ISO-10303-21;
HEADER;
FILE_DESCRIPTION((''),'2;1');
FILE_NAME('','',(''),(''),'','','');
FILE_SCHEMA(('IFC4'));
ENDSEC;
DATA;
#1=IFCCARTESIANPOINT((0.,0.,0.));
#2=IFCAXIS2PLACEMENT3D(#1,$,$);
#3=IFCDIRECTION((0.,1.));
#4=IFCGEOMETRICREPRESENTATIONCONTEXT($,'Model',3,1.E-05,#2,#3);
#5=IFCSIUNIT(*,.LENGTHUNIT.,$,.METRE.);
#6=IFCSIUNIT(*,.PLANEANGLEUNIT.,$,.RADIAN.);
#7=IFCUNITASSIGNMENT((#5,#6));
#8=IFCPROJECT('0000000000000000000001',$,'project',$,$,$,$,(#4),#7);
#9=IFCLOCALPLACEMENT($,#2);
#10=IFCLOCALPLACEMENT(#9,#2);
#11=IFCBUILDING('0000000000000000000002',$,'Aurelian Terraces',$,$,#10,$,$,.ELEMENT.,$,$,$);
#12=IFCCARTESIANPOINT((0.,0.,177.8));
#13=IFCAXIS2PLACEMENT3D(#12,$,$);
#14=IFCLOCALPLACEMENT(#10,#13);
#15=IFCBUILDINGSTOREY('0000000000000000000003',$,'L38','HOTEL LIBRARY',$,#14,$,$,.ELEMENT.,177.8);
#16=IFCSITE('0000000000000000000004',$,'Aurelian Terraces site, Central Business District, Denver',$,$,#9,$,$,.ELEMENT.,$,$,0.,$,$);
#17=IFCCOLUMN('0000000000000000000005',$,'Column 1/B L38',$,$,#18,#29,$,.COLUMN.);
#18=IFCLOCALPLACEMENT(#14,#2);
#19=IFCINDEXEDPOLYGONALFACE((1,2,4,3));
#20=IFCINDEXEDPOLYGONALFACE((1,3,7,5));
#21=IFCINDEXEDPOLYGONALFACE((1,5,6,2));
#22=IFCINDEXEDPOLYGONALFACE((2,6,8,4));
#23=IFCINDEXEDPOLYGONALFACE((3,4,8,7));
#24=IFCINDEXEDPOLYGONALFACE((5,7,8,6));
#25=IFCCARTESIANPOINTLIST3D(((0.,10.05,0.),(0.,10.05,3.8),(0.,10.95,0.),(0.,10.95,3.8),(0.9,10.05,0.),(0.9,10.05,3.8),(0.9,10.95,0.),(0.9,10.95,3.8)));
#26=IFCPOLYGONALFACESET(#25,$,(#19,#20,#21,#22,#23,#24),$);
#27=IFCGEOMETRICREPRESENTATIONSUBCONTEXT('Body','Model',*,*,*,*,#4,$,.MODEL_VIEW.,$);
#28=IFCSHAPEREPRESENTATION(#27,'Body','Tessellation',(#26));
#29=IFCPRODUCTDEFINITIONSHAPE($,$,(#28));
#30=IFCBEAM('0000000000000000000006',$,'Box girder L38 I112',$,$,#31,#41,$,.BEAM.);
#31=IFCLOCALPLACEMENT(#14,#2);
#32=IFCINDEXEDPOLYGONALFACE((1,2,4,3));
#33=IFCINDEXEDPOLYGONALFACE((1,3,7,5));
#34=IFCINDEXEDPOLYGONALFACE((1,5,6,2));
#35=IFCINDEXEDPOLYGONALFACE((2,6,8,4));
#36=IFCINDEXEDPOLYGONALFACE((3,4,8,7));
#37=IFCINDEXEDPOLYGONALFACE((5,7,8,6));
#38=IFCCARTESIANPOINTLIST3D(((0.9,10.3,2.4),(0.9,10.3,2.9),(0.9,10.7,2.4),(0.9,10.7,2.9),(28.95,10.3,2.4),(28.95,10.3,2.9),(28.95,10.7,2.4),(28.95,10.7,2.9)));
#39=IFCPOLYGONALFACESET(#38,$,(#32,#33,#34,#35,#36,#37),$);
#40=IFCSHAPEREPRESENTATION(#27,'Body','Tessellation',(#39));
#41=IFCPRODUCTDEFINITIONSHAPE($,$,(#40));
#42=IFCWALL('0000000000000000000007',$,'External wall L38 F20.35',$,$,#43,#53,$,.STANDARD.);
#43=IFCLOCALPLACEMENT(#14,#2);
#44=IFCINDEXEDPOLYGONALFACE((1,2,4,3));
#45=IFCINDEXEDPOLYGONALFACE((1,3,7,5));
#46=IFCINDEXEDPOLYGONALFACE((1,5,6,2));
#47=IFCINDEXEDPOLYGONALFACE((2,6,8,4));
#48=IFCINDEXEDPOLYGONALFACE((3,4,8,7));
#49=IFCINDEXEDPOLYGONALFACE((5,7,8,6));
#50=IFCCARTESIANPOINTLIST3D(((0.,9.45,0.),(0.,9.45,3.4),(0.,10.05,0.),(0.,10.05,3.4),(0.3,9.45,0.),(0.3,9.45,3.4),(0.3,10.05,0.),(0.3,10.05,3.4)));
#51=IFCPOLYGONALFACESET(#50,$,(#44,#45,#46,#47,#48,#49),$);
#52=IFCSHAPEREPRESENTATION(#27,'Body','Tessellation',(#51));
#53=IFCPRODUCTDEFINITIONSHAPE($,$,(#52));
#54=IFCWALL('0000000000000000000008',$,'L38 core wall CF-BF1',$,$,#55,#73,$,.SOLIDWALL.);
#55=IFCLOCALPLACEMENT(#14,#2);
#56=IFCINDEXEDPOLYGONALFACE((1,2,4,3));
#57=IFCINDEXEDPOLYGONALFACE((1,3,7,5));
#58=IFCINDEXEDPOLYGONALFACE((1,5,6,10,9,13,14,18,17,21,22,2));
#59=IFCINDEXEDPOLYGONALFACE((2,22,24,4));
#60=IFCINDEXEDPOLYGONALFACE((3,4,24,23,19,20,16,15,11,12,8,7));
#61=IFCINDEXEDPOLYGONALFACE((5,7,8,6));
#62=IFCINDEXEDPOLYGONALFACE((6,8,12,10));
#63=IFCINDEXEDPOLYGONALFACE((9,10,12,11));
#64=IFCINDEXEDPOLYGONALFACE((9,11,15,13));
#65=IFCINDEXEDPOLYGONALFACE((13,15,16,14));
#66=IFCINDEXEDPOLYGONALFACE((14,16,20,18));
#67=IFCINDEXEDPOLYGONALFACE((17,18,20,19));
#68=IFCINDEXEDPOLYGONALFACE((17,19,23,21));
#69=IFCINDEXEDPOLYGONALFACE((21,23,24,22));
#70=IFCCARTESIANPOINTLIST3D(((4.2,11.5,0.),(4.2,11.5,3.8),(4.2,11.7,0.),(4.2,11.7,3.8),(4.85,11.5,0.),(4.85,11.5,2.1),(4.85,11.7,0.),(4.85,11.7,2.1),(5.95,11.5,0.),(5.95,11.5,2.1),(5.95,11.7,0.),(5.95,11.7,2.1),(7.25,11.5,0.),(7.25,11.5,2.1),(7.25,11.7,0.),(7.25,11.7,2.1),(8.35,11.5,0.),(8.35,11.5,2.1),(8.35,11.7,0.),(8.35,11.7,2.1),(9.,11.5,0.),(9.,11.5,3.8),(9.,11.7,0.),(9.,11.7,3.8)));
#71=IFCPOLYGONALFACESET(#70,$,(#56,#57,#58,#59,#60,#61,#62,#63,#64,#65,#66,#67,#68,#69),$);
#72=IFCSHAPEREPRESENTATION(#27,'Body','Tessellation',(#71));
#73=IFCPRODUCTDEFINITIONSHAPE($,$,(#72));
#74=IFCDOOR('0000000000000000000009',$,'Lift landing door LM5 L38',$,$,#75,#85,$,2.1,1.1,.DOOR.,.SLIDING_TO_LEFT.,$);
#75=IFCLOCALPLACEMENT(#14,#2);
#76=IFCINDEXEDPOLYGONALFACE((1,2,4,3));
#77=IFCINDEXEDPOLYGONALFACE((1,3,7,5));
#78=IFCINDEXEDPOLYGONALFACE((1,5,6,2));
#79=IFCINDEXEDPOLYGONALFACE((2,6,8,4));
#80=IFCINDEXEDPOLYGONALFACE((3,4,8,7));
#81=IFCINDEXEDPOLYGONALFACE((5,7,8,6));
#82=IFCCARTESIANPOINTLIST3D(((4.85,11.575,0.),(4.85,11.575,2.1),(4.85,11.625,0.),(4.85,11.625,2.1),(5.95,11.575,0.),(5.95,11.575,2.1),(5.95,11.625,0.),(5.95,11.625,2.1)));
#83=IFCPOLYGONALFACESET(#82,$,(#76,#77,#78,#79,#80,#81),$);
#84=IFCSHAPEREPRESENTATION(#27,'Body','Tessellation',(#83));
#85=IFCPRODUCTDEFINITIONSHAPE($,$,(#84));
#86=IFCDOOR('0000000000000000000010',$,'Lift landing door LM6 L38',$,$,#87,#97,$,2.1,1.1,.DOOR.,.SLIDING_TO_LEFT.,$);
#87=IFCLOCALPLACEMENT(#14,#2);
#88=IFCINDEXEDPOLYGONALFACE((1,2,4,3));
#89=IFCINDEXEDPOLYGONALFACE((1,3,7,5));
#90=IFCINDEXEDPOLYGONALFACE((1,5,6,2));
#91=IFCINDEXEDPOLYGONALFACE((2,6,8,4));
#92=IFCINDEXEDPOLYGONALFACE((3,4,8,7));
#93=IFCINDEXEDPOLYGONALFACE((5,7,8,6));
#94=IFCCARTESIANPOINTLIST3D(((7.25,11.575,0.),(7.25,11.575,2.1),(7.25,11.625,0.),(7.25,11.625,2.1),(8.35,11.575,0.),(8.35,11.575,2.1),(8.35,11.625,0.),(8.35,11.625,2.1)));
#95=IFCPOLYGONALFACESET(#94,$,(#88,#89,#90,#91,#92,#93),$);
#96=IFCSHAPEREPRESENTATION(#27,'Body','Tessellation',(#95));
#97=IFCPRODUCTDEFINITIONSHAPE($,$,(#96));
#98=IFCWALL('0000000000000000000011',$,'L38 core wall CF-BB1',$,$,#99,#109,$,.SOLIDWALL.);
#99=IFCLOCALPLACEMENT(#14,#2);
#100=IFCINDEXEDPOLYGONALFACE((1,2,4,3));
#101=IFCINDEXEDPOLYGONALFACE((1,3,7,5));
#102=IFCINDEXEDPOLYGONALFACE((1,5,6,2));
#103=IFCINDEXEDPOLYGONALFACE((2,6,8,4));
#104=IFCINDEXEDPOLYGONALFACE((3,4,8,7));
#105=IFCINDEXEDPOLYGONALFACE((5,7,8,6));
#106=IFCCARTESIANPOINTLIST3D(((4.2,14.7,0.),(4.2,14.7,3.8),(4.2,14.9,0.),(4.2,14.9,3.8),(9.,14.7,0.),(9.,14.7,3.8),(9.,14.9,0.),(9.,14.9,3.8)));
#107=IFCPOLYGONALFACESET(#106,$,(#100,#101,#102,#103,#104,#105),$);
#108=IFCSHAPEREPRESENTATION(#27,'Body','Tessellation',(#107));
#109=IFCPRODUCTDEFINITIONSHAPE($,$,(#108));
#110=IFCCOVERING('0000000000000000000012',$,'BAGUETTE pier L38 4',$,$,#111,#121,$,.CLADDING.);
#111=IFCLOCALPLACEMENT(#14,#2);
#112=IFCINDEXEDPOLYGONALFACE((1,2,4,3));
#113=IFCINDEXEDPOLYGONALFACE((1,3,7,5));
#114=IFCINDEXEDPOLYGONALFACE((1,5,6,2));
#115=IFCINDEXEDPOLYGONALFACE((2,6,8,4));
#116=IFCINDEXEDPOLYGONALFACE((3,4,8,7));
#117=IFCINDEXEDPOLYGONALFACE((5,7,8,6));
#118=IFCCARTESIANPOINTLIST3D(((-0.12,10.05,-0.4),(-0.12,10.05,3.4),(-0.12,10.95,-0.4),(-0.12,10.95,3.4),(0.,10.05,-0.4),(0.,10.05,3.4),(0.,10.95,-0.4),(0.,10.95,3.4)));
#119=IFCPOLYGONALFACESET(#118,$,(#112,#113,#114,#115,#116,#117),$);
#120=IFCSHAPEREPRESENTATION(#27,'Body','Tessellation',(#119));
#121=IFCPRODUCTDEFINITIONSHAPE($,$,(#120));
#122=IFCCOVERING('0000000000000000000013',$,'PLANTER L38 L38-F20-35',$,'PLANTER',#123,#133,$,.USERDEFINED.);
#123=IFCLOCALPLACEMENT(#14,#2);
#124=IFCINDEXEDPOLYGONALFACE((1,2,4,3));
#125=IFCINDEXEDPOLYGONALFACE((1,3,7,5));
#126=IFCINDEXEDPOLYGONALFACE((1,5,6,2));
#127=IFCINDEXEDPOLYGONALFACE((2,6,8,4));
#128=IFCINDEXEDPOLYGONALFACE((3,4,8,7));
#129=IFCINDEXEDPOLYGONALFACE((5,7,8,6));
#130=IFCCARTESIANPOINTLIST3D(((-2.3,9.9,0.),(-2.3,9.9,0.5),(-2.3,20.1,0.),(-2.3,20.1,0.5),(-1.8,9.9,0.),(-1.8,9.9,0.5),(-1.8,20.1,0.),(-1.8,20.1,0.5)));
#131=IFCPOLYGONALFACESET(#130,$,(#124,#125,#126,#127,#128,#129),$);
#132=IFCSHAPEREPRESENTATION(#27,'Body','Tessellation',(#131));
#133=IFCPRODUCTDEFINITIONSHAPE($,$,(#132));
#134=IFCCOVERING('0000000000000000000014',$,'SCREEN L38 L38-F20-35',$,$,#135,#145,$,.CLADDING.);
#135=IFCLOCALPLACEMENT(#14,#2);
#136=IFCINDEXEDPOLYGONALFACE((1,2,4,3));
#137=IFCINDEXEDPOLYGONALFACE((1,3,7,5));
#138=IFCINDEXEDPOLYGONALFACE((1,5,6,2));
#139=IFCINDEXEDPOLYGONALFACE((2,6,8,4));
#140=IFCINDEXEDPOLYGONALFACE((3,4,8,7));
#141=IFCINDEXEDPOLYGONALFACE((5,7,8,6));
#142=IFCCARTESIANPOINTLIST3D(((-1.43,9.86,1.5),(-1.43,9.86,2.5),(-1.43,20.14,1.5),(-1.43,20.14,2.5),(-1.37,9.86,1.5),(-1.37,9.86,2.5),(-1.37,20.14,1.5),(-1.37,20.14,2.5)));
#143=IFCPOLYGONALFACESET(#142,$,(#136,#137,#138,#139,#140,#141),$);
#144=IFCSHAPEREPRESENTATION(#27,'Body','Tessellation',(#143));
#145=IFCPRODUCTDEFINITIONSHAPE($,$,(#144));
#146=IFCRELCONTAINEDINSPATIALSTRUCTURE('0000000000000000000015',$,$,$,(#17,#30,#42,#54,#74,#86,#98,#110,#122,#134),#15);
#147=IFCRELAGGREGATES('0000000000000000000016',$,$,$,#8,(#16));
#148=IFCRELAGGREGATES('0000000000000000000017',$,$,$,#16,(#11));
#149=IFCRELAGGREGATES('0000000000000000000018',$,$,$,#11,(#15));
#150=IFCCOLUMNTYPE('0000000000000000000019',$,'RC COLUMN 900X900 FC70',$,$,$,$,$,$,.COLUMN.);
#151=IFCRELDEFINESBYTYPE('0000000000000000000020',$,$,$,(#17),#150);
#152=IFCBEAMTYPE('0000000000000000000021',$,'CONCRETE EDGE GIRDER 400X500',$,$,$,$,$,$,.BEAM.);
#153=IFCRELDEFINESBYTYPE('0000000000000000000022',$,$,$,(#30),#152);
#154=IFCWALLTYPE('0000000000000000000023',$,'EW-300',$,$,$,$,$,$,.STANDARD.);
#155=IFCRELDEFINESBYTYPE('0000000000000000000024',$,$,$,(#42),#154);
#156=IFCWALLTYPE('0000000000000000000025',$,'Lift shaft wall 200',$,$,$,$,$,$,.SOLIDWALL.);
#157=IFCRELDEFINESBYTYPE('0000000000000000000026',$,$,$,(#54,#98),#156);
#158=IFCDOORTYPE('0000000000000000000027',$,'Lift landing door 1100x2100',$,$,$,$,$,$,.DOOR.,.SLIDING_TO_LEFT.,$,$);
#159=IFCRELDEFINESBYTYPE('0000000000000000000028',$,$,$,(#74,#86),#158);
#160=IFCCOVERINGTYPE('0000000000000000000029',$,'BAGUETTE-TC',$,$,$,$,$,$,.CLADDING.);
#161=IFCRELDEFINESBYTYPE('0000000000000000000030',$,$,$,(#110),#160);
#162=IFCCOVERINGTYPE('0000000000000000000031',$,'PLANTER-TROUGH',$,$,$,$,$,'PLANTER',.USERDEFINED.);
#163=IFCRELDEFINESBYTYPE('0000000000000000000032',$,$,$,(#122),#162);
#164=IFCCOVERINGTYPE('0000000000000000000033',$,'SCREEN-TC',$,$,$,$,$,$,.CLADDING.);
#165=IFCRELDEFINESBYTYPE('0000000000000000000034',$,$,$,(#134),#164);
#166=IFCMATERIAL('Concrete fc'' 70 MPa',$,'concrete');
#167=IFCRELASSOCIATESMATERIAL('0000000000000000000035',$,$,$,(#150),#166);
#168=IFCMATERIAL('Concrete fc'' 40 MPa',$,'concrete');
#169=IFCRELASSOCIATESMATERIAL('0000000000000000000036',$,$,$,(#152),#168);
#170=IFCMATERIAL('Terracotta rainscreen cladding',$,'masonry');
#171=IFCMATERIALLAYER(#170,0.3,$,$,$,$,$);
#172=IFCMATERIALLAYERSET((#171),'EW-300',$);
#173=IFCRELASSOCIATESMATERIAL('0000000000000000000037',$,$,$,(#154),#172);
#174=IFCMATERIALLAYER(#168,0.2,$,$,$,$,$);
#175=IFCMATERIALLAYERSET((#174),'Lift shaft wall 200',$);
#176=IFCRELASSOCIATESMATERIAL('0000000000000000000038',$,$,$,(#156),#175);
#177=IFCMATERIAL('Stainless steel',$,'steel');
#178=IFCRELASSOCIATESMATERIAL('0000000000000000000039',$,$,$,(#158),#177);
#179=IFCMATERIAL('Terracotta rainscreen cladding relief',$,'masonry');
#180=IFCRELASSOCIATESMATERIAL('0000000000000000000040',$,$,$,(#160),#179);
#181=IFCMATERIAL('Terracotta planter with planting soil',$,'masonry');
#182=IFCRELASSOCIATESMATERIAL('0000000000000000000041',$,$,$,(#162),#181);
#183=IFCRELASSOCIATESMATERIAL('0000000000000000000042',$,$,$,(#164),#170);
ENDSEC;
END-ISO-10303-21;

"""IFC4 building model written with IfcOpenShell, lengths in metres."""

from ifc_helpers import new_model, si_unit, direction, frame, frame_2d, origin, origin_2d, place, context, subcontext, project, spatial, rectangle, extrude, source, transform, mapped, material, layer, layer_set, material_profile, profile_set, type_object, element, fill, save


model = new_model("IFC4")

# Units and contexts
model_context = context("Model", 3, precision=1e-05, world=origin(), true_north=direction((0.0, 1.0)))
body_context = subcontext(model_context, "Body", "Model", "MODEL_VIEW")
ifc_project = project(units=[si_unit("LENGTHUNIT", "METRE"), si_unit("PLANEANGLEUNIT", "RADIAN")], contexts=[model_context])

# Site, building, storey
site_placement = place(None, origin())
site = spatial("IfcSite", under=ifc_project, at=site_placement, Name="Aurelian Terraces site, Central Business District, Denver", CompositionType="ELEMENT", RefElevation=0.0)
building_placement = place(site_placement, origin())
building = spatial("IfcBuilding", under=site, at=building_placement, Name="Aurelian Terraces", CompositionType="ELEMENT")
storey_placement = place(building_placement, frame((0.0, 0.0, 177.8)))
storey = spatial("IfcBuildingStorey", under=building, at=storey_placement, Name="L38", Description="HOTEL LIBRARY", CompositionType="ELEMENT", Elevation=177.8)

# Column
ifc_material_1 = material(Name="Concrete fc' 70 MPa", Category="concrete")
ifc_material_profile_1 = material_profile(ifc_material_1, rectangle(XDim=0.9, YDim=0.9, at=origin_2d()))
ifc_profile_set_1 = profile_set([ifc_material_profile_1], Name="Concrete fc' 70 MPa")
column_type = type_object("IfcColumnType", Name="RC COLUMN 900X900 FC70", PredefinedType="COLUMN", material=ifc_profile_set_1)
shared_shape_1 = source(origin(), body_context, "Body", "SweptSolid", [
    extrude(rectangle(XDim=0.9, YDim=0.9, at=origin_2d()), origin(), (0.0, 0.0, 1.0), 3.8),
])
column_placement = place(storey_placement, frame((0.45, 10.5, 0.0), z_axis=(0.0, 0.0, 1.0), x_axis=(1.0, 0.0, 0.0)))
element("IfcColumn", 1, at=column_placement, inside=storey, type_object=column_type, Name="Column 1/B L38", PredefinedType="COLUMN", context=body_context, shape_type="MappedRepresentation", body=[
    mapped(shared_shape_1, transform((0.0, 0.0, 0.0), scale=1.0)),
])

# Beam
ifc_material_2 = material(Name="Concrete fc' 40 MPa", Category="concrete")
ifc_material_profile_2 = material_profile(ifc_material_2, rectangle(XDim=0.4, YDim=0.5, at=origin_2d()))
ifc_profile_set_2 = profile_set([ifc_material_profile_2], Name="Concrete fc' 40 MPa")
beam_type = type_object("IfcBeamType", Name="CONCRETE EDGE GIRDER 400X500", PredefinedType="BEAM", material=ifc_profile_set_2)
beam_placement = place(storey_placement, frame((0.9, 10.5, 2.65), z_axis=(1.0, 0.0, 0.0), x_axis=(0.0, 1.0, 0.0)))
element("IfcBeam", 2, at=beam_placement, inside=storey, type_object=beam_type, Name="Box girder L38 I112", PredefinedType="BEAM", context=body_context, shape_type="SweptSolid", body=[
    extrude(rectangle(XDim=0.4, YDim=0.5, at=origin_2d()), origin(), (0.0, 0.0, 1.0), 28.05),
])

# Wall
ifc_material_3 = material(Name="Terracotta rainscreen cladding", Category="masonry")
ifc_layer_1 = layer(ifc_material_3, 0.3)
ifc_layer_set_1 = layer_set([ifc_layer_1], Name="EW-300")
wall_type_1 = type_object("IfcWallType", Name="EW-300", PredefinedType="STANDARD", material=ifc_layer_set_1)
wall_1_placement = place(storey_placement, frame((0.15, 10.05, 0.0), z_axis=(0.0, 0.0, 1.0), x_axis=(0.0, -1.0, 0.0)))
element("IfcWall", 3, at=wall_1_placement, inside=storey, type_object=wall_type_1, Name="External wall L38 F20.35", PredefinedType="STANDARD", context=body_context, shape_type="SweptSolid", body=[
    extrude(rectangle(XDim=0.6, YDim=0.3, at=frame_2d((0.3, 0.0))), origin(), (0.0, 0.0, 1.0), 3.4),
])

# Wall, openings, doors
ifc_layer_2 = layer(ifc_material_2, 0.2)
ifc_layer_set_2 = layer_set([ifc_layer_2], Name="Lift shaft wall 200")
wall_type_2 = type_object("IfcWallType", Name="Lift shaft wall 200", PredefinedType="SOLIDWALL", material=ifc_layer_set_2)
wall_2_placement = place(storey_placement, frame((4.2, 11.6, 0.0), z_axis=(0.0, 0.0, 1.0), x_axis=(1.0, 0.0, 0.0)))
wall_2 = element("IfcWall", 4, at=wall_2_placement, inside=storey, type_object=wall_type_2, Name="L38 core wall CF-BF1", PredefinedType="SOLIDWALL", context=body_context, shape_type="SweptSolid", body=[
    extrude(rectangle(XDim=4.8, YDim=0.2, at=frame_2d((2.4, 0.0))), origin(), (0.0, 0.0, 1.0), 3.8),
])
shared_shape_2 = source(origin(), body_context, "Body", "SweptSolid", [
    extrude(rectangle(XDim=1.1, YDim=2.1, at=frame_2d((0.55, 1.05))), frame((0.0, 0.11, 0.0), z_axis=(0.0, -1.0, 0.0), x_axis=(1.0, 0.0, 0.0)), (0.0, 0.0, 1.0), 0.22),
])
opening_1_placement = place(wall_2_placement, frame((0.65, 0.0, 0.0)))
opening_1 = element("IfcOpeningElement", 5, at=opening_1_placement, cuts=wall_2, PredefinedType="OPENING", context=body_context, shape_type="MappedRepresentation", body=[
    mapped(shared_shape_2, transform((0.0, 0.0, 0.0), scale=1.0)),
])
opening_2_placement = place(wall_2_placement, frame((3.05, 0.0, 0.0)))
opening_2 = element("IfcOpeningElement", 6, at=opening_2_placement, cuts=wall_2, PredefinedType="OPENING", context=body_context, shape_type="MappedRepresentation", body=[
    mapped(shared_shape_2, transform((0.0, 0.0, 0.0), scale=1.0)),
])
ifc_material_4 = material(Name="Stainless steel", Category="steel")
door_type = type_object("IfcDoorType", Name="Lift landing door 1100x2100", OperationType="SLIDING_TO_LEFT", PredefinedType="DOOR", material=ifc_material_4)
shared_shape_3 = source(origin(), body_context, "Body", "SweptSolid", [
    extrude(rectangle(XDim=1.1, YDim=2.1, at=frame_2d((0.55, 1.05))), frame((0.0, 0.025, 0.0), z_axis=(0.0, -1.0, 0.0), x_axis=(1.0, 0.0, 0.0)), (0.0, 0.0, 1.0), 0.05),
])
door_1_placement = place(opening_1_placement, origin())
door_1 = element("IfcDoor", 7, at=door_1_placement, inside=storey, type_object=door_type, Name="Lift landing door LM5 L38", OperationType="SLIDING_TO_LEFT", OverallHeight=2.1, OverallWidth=1.1, PredefinedType="DOOR", context=body_context, shape_type="MappedRepresentation", body=[
    mapped(shared_shape_3, transform((0.0, 0.0, 0.0), scale=1.0)),
])
fill(opening_1, door_1)
door_2_placement = place(opening_2_placement, origin())
door_2 = element("IfcDoor", 8, at=door_2_placement, inside=storey, type_object=door_type, Name="Lift landing door LM6 L38", OperationType="SLIDING_TO_LEFT", OverallHeight=2.1, OverallWidth=1.1, PredefinedType="DOOR", context=body_context, shape_type="MappedRepresentation", body=[
    mapped(shared_shape_3, transform((0.0, 0.0, 0.0), scale=1.0)),
])
fill(opening_2, door_2)

# Wall
shared_shape_4 = source(origin(), body_context, "Body", "SweptSolid", [
    extrude(rectangle(XDim=4.8, YDim=0.2, at=frame_2d((2.4, 0.0))), origin(), (0.0, 0.0, 1.0), 3.8),
])
wall_3_placement = place(storey_placement, frame((4.2, 14.8, 0.0), z_axis=(0.0, 0.0, 1.0), x_axis=(1.0, 0.0, 0.0)))
element("IfcWall", 9, at=wall_3_placement, inside=storey, type_object=wall_type_2, Name="L38 core wall CF-BB1", PredefinedType="SOLIDWALL", context=body_context, shape_type="MappedRepresentation", body=[
    mapped(shared_shape_4, transform((0.0, 0.0, 0.0), scale=1.0)),
])

# Coverings
ifc_material_5 = material(Name="Terracotta rainscreen cladding relief", Category="masonry")
covering_type_1 = type_object("IfcCoveringType", Name="BAGUETTE-TC", PredefinedType="CLADDING", material=ifc_material_5)
covering_1_placement = place(storey_placement, frame((-0.06, 10.5, -0.4), z_axis=(0.0, 0.0, 1.0), x_axis=(1.0, 0.0, 0.0)))
element("IfcCovering", 10, at=covering_1_placement, inside=storey, type_object=covering_type_1, Name="BAGUETTE pier L38 4", PredefinedType="CLADDING", context=body_context, shape_type="SweptSolid", body=[
    extrude(rectangle(XDim=0.12, YDim=0.9, at=origin_2d()), origin(), (0.0, 0.0, 1.0), 3.8),
])
ifc_material_6 = material(Name="Terracotta planter with planting soil", Category="masonry")
covering_type_2 = type_object("IfcCoveringType", Name="PLANTER-TROUGH", ElementType="PLANTER", PredefinedType="USERDEFINED", material=ifc_material_6)
covering_2_placement = place(storey_placement, frame((-2.05, 15.0, 0.0), z_axis=(0.0, 0.0, 1.0), x_axis=(1.0, 0.0, 0.0)))
element("IfcCovering", 11, at=covering_2_placement, inside=storey, type_object=covering_type_2, Name="PLANTER L38 L38-F20-35", ObjectType="PLANTER", PredefinedType="USERDEFINED", context=body_context, shape_type="SweptSolid", body=[
    extrude(rectangle(XDim=0.5, YDim=10.2, at=origin_2d()), origin(), (0.0, 0.0, 1.0), 0.5),
])
covering_type_3 = type_object("IfcCoveringType", Name="SCREEN-TC", PredefinedType="CLADDING", material=ifc_material_3)
covering_3_placement = place(storey_placement, frame((-1.4, 15.0, 1.5), z_axis=(0.0, 0.0, 1.0), x_axis=(1.0, 0.0, 0.0)))
element("IfcCovering", 12, at=covering_3_placement, inside=storey, type_object=covering_type_3, Name="SCREEN L38 L38-F20-35", PredefinedType="CLADDING", context=body_context, shape_type="SweptSolid", body=[
    extrude(rectangle(XDim=0.06, YDim=10.28, at=origin_2d()), origin(), (0.0, 0.0, 1.0), 1.0),
])

save(model, "model.ifc")
